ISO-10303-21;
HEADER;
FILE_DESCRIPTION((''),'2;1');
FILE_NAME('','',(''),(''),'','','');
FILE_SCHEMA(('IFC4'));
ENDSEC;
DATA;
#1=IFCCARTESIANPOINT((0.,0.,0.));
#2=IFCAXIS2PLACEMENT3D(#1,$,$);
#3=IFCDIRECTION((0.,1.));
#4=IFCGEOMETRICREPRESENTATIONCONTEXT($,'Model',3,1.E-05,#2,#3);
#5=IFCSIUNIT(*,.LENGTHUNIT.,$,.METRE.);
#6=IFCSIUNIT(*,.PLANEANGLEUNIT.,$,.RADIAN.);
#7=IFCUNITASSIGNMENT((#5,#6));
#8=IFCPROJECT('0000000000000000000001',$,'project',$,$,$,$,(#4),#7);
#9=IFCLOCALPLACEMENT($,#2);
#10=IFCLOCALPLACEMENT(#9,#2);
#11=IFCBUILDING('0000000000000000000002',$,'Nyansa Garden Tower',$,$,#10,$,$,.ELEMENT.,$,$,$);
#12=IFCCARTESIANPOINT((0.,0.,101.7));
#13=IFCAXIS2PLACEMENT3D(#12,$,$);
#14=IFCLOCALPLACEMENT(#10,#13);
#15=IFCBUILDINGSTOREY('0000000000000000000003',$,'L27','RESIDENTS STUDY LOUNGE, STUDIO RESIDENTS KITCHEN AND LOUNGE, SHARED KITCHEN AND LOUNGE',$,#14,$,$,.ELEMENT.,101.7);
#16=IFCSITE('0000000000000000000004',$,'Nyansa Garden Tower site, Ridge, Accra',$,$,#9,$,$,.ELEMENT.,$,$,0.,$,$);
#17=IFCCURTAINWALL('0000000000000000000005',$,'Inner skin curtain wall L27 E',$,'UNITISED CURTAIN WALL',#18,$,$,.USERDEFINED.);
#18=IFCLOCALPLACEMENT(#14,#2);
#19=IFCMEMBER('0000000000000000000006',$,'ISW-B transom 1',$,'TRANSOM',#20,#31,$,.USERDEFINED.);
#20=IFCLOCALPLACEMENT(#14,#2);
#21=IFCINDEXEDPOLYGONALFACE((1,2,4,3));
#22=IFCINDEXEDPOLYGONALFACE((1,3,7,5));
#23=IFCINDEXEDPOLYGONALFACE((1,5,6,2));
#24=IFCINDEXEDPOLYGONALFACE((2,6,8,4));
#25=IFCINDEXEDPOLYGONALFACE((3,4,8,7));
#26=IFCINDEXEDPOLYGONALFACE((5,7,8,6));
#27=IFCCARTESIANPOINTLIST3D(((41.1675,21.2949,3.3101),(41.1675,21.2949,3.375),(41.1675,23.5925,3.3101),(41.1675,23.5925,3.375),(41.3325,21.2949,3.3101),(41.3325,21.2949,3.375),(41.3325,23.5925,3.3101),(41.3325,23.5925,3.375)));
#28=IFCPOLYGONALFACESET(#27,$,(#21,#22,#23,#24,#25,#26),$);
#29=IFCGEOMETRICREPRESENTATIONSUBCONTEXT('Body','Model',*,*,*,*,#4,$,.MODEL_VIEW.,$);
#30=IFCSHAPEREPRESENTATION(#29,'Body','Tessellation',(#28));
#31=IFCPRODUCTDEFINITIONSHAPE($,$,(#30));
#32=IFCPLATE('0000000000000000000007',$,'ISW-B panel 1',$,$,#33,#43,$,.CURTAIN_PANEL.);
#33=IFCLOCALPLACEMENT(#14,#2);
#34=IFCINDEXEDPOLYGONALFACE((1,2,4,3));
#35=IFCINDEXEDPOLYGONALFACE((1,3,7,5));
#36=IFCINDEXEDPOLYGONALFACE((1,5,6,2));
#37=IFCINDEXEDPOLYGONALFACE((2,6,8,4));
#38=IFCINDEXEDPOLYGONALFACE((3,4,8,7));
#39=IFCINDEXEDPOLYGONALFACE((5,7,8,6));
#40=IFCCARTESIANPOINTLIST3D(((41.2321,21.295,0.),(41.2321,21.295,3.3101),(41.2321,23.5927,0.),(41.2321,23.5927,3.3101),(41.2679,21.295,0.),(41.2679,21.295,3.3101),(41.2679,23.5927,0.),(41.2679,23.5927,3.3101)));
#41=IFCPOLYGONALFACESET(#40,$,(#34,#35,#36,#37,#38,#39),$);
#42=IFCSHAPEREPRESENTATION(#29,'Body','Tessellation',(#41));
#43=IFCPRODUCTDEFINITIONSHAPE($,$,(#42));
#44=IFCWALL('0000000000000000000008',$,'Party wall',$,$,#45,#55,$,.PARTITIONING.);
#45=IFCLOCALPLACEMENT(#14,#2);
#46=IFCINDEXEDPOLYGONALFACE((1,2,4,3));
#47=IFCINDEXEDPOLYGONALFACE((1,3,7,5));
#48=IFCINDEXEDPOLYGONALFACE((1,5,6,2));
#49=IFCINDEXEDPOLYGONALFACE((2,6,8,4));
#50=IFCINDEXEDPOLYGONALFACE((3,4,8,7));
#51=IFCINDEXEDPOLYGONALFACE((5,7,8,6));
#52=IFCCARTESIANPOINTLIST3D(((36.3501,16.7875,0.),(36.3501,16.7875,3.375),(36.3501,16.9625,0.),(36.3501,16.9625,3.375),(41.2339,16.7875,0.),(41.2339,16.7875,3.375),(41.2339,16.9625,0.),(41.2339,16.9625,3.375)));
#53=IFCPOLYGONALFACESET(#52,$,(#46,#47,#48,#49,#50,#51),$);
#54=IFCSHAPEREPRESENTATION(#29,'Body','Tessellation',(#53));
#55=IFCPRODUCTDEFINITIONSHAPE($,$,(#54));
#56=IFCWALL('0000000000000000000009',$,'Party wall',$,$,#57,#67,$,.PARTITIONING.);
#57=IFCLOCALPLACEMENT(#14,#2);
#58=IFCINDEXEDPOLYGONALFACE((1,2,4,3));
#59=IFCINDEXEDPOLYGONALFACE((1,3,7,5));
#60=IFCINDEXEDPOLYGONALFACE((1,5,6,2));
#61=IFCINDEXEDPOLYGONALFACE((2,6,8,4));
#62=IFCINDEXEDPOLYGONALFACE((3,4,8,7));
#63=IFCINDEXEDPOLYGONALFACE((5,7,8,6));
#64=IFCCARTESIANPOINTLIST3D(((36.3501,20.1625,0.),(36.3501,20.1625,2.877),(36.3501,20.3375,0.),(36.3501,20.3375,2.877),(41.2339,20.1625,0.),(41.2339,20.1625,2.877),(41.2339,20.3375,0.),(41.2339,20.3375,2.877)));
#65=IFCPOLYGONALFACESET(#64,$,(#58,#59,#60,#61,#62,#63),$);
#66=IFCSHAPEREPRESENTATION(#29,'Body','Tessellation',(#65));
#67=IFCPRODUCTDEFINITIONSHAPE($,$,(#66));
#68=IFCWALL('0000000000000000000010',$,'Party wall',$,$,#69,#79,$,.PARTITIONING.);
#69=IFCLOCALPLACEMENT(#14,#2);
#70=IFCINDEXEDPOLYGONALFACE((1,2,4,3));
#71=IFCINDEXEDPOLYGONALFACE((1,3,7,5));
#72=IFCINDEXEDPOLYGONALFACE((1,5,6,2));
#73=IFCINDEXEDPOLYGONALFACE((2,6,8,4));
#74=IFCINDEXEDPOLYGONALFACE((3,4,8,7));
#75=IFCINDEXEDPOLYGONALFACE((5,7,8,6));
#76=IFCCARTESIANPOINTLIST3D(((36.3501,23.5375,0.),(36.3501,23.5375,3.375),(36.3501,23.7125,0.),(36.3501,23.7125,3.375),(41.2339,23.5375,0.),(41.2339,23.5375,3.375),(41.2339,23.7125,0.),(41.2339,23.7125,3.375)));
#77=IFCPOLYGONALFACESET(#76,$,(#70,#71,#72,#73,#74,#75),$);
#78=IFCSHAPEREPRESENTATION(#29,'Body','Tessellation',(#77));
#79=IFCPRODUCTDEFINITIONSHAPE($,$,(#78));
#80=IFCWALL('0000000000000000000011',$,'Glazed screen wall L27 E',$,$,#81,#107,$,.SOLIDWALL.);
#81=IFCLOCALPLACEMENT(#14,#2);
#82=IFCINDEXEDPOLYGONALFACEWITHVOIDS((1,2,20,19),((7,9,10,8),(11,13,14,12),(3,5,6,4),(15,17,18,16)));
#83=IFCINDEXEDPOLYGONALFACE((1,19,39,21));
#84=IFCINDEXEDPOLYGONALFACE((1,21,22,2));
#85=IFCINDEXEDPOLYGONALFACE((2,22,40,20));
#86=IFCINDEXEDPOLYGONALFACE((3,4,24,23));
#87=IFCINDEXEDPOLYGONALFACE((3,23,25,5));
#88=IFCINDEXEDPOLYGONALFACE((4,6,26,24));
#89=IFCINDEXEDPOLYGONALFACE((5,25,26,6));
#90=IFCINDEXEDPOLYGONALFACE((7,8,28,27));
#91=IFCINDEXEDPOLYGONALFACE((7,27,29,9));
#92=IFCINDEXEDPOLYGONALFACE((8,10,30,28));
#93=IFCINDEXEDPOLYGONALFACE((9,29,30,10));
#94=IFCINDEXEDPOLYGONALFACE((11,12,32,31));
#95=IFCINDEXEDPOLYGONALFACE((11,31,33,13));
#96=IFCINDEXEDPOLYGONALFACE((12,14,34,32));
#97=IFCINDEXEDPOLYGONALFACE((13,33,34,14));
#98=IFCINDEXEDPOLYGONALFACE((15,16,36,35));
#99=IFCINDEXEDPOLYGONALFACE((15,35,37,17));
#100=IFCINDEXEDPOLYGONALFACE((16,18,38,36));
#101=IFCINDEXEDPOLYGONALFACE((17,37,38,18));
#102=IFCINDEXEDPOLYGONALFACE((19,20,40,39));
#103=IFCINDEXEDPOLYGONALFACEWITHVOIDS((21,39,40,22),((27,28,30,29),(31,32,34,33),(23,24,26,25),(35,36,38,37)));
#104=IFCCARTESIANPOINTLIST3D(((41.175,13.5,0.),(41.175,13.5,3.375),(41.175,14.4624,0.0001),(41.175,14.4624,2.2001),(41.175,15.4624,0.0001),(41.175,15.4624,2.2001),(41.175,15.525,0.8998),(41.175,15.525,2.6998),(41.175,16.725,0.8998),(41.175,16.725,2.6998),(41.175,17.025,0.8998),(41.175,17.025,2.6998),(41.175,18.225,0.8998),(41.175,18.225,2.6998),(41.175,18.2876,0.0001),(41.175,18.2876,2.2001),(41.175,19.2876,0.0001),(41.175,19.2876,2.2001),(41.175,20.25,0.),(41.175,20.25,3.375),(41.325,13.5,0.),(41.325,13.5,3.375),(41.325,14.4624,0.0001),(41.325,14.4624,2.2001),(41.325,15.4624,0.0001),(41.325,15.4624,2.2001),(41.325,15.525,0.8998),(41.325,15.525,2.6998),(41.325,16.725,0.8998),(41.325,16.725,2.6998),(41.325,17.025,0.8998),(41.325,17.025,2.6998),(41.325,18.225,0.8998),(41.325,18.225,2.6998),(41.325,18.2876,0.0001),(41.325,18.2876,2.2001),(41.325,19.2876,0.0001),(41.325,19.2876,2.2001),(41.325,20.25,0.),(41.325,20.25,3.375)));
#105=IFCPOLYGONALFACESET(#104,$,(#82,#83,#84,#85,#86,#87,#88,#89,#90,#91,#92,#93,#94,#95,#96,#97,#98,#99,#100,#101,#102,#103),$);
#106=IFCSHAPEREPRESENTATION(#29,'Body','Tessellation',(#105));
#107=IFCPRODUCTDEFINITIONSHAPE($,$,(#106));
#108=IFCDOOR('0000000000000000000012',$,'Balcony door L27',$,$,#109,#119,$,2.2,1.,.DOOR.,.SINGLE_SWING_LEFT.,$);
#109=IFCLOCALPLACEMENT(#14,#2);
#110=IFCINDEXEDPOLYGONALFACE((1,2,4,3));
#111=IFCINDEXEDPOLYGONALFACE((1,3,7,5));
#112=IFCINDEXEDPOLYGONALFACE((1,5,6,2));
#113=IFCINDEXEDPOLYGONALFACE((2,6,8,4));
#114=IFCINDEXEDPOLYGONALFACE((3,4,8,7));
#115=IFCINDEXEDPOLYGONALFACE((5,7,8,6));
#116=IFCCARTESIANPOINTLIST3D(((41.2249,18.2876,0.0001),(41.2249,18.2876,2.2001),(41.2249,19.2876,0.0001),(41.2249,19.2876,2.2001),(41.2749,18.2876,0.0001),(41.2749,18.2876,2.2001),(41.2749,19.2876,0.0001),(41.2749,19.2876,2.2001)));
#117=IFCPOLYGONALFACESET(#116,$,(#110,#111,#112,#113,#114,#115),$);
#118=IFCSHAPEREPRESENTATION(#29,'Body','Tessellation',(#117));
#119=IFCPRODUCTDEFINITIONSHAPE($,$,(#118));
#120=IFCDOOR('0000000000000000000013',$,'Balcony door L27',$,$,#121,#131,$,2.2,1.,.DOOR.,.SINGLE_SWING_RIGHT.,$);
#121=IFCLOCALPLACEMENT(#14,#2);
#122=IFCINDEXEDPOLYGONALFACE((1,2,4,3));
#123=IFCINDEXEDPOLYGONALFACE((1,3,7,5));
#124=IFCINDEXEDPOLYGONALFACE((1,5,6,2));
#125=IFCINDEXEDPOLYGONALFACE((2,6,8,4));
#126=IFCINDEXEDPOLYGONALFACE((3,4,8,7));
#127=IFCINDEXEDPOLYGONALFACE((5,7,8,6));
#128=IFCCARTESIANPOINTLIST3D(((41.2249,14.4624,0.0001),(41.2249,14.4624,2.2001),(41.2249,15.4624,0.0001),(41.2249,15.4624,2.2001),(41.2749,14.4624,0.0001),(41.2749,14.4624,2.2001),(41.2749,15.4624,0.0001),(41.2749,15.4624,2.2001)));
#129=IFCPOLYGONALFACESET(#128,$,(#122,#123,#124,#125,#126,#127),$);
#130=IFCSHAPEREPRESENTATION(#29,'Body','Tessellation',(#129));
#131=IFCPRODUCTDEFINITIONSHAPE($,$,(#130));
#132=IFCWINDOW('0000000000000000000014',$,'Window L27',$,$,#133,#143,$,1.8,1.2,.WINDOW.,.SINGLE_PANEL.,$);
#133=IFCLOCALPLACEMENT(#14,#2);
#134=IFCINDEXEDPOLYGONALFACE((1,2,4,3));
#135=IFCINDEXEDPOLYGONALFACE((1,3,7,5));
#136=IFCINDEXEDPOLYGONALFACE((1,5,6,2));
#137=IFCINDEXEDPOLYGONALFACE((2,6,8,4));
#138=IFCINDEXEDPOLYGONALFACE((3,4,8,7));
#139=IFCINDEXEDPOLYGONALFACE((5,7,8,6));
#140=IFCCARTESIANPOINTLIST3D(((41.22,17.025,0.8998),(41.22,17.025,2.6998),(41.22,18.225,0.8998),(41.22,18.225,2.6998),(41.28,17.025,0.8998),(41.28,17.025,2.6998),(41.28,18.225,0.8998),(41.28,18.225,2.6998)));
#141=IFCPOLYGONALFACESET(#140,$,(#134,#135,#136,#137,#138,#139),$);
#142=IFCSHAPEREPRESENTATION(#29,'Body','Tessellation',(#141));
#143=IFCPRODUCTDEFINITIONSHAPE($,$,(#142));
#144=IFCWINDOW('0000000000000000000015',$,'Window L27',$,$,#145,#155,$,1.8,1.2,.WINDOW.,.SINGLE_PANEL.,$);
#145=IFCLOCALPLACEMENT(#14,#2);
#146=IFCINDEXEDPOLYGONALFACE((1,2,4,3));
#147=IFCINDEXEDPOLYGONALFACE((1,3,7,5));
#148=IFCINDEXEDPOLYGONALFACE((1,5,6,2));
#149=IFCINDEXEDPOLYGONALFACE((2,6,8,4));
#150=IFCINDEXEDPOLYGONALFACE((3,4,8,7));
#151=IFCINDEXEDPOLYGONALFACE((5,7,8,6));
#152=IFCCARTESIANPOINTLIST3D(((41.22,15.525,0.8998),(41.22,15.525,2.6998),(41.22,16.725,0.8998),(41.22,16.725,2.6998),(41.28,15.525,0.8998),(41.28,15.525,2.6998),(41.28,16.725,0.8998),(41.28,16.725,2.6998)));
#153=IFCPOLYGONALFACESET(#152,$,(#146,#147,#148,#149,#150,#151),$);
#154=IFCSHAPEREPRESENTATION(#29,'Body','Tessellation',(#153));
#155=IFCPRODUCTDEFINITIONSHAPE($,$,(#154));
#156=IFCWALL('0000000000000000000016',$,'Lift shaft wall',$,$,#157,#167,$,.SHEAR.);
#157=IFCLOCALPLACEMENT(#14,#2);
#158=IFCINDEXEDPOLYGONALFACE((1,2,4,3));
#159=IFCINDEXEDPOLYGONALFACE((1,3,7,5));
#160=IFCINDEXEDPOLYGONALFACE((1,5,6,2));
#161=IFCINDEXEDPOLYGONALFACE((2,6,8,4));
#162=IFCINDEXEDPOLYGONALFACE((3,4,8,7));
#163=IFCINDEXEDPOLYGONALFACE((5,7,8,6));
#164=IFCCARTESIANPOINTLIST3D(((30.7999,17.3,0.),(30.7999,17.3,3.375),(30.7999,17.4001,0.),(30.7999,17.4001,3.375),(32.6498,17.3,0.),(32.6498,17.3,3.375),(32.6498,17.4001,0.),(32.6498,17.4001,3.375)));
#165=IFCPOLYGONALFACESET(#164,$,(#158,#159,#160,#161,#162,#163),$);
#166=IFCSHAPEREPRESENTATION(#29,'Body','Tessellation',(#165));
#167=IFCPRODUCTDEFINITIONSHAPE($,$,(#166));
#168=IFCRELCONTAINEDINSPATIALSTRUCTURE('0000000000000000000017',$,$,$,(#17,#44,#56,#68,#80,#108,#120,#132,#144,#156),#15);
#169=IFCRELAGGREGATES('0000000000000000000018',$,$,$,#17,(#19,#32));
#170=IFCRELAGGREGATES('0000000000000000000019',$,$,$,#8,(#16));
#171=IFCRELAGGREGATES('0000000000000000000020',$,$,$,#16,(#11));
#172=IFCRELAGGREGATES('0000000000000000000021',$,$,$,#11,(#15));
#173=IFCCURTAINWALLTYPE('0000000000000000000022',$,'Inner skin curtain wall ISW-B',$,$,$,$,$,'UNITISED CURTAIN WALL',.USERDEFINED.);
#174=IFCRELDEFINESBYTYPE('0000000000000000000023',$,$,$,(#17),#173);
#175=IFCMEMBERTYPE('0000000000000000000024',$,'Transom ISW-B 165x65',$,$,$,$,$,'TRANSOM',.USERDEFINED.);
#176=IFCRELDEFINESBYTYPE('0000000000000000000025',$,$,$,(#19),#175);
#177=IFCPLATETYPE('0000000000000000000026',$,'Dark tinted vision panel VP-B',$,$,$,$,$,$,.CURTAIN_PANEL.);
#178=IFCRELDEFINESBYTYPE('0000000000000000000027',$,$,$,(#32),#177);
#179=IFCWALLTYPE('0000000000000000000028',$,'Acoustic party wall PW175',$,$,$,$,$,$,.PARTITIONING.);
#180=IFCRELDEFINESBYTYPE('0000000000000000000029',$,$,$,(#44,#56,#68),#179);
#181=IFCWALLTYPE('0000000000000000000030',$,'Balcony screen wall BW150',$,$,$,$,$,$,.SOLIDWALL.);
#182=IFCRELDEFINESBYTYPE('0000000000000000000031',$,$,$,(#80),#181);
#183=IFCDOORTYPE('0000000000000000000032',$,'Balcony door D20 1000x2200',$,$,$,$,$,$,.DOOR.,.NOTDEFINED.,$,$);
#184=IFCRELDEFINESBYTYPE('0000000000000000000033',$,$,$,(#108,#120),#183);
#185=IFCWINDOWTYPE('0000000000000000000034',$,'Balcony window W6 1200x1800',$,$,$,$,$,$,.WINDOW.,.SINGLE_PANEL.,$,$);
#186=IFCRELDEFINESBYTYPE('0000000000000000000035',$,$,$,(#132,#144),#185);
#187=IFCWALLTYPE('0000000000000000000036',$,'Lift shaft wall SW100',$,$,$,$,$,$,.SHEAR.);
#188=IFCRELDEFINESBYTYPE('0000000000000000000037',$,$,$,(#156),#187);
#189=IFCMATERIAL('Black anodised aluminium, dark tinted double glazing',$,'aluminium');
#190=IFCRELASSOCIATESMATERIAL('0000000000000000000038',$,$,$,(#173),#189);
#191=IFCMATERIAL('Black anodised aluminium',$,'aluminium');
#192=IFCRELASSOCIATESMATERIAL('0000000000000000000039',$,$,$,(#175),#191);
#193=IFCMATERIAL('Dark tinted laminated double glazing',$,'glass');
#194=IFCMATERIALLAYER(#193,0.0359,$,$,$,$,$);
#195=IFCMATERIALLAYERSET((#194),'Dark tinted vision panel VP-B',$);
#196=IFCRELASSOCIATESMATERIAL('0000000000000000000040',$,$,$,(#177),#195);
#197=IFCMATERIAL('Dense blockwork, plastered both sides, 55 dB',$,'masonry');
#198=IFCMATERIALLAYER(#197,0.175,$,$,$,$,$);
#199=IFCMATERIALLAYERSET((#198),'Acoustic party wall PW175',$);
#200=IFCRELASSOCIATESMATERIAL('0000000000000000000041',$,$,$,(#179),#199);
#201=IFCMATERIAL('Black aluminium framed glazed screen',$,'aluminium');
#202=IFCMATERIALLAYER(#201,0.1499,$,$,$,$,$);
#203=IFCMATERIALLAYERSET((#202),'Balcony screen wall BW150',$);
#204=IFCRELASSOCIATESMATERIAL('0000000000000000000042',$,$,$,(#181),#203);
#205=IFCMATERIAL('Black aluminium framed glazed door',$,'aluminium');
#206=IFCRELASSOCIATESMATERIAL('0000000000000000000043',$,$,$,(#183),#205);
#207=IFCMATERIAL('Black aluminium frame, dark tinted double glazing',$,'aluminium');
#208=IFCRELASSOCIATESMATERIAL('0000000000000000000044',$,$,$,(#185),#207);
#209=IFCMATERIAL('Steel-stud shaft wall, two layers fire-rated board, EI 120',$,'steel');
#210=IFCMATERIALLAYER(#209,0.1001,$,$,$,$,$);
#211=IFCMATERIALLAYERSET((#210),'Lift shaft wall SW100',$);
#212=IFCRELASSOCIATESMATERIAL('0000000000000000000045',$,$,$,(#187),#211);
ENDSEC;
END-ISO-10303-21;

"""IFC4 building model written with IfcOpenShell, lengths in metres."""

from ifc_helpers import new_model, si_unit, direction, frame, frame_2d, origin, origin_2d, place, context, subcontext, project, spatial, rectangle, extrude, material, layer, layer_set, material_profile, profile_set, type_object, element, fill, aggregate, save


model = new_model("IFC4")

# Units and contexts
model_context = context("Model", 3, precision=1e-05, world=origin(), true_north=direction((0.0, 1.0)))
body_context = subcontext(model_context, "Body", "Model", "MODEL_VIEW")
ifc_project = project(units=[si_unit("LENGTHUNIT", "METRE"), si_unit("PLANEANGLEUNIT", "RADIAN")], contexts=[model_context])

# Site, building, storey
site_placement = place(None, origin())
site = spatial("IfcSite", under=ifc_project, at=site_placement, Name="Nyansa Garden Tower site, Ridge, Accra", CompositionType="ELEMENT", RefElevation=0.0)
building_placement = place(site_placement, origin())
building = spatial("IfcBuilding", under=site, at=building_placement, Name="Nyansa Garden Tower", CompositionType="ELEMENT")
storey_placement = place(building_placement, frame((0.0, 0.0, 101.7)))
storey = spatial("IfcBuildingStorey", under=building, at=storey_placement, Name="L27", Description="RESIDENTS STUDY LOUNGE, STUDIO RESIDENTS KITCHEN AND LOUNGE, SHARED KITCHEN AND LOUNGE", CompositionType="ELEMENT", Elevation=101.7)

# Curtain wall
ifc_material_1 = material(Name="Black anodised aluminium, dark tinted double glazing", Category="aluminium")
curtain_wall_type = type_object("IfcCurtainWallType", Name="Inner skin curtain wall ISW-B", ElementType="UNITISED CURTAIN WALL", PredefinedType="USERDEFINED", material=ifc_material_1)
curtain_wall_placement = place(storey_placement, origin())
curtain_wall = element("IfcCurtainWall", 1, at=curtain_wall_placement, inside=storey, type_object=curtain_wall_type, Name="Inner skin curtain wall L27 E", ObjectType="UNITISED CURTAIN WALL", PredefinedType="USERDEFINED")

# Member
ifc_material_2 = material(Name="Black anodised aluminium", Category="aluminium")
ifc_material_profile_1 = material_profile(ifc_material_2, rectangle(XDim=0.165, YDim=0.0649, at=origin_2d()), Name="Transom 165x65")
ifc_profile_set_1 = profile_set([ifc_material_profile_1], Name="Black anodised aluminium")
member_type_1 = type_object("IfcMemberType", Name="Transom ISW-B 165x65", ElementType="TRANSOM", PredefinedType="USERDEFINED", material=ifc_profile_set_1)
member_1_placement = place(storey_placement, frame((41.25, 21.2949, 3.3425), z_axis=(0.0, 1.0, 0.0), x_axis=(-1.0, 0.0, 0.0)))
member_1 = element("IfcMember", 2, at=member_1_placement, type_object=member_type_1, Name="ISW-B transom 1", ObjectType="TRANSOM", PredefinedType="USERDEFINED", context=body_context, shape_type="SweptSolid", body=[
    extrude(rectangle(XDim=0.165, YDim=0.0649, at=origin_2d()), origin(), (0.0, 0.0, 1.0), 2.2976),
])

# Plate
ifc_material_3 = material(Name="Dark tinted laminated double glazing", Category="glass")
ifc_layer_1 = layer(ifc_material_3, 0.0359)
ifc_layer_set_1 = layer_set([ifc_layer_1], Name="Dark tinted vision panel VP-B")
plate_type = type_object("IfcPlateType", Name="Dark tinted vision panel VP-B", PredefinedType="CURTAIN_PANEL", material=ifc_layer_set_1)
plate_placement = place(storey_placement, frame((41.25, 22.4438, 0.0), z_axis=(0.0, 0.0, 1.0), x_axis=(0.0, 1.0, 0.0)))
plate = element("IfcPlate", 3, at=plate_placement, type_object=plate_type, Name="ISW-B panel 1", PredefinedType="CURTAIN_PANEL", context=body_context, shape_type="SweptSolid", body=[
    extrude(rectangle(XDim=2.2976, YDim=0.0359, at=origin_2d()), origin(), (0.0, 0.0, 1.0), 3.3101),
])
aggregate(curtain_wall, [member_1, plate])

# Walls
ifc_material_4 = material(Name="Dense blockwork, plastered both sides, 55 dB", Category="masonry")
ifc_layer_2 = layer(ifc_material_4, 0.175)
ifc_layer_set_2 = layer_set([ifc_layer_2], Name="Acoustic party wall PW175")
wall_type_1 = type_object("IfcWallType", Name="Acoustic party wall PW175", PredefinedType="PARTITIONING", material=ifc_layer_set_2)
wall_1_placement = place(storey_placement, frame((36.3501, 16.875, 0.0), z_axis=(0.0, 0.0, 1.0), x_axis=(1.0, 0.0, 0.0)))
element("IfcWall", 4, at=wall_1_placement, inside=storey, type_object=wall_type_1, Name="Party wall", PredefinedType="PARTITIONING", context=body_context, shape_type="SweptSolid", body=[
    extrude(rectangle(XDim=4.8838, YDim=0.175, at=frame_2d((2.4419, 0.0))), origin(), (0.0, 0.0, 1.0), 3.375),
])
wall_2_placement = place(storey_placement, frame((36.3501, 20.25, 0.0), z_axis=(0.0, 0.0, 1.0), x_axis=(1.0, 0.0, 0.0)))
element("IfcWall", 5, at=wall_2_placement, inside=storey, type_object=wall_type_1, Name="Party wall", PredefinedType="PARTITIONING", context=body_context, shape_type="SweptSolid", body=[
    extrude(rectangle(XDim=4.8838, YDim=0.175, at=frame_2d((2.4419, 0.0))), origin(), (0.0, 0.0, 1.0), 2.877),
])
wall_3_placement = place(storey_placement, frame((36.3501, 23.625, 0.0), z_axis=(0.0, 0.0, 1.0), x_axis=(1.0, 0.0, 0.0)))
element("IfcWall", 6, at=wall_3_placement, inside=storey, type_object=wall_type_1, Name="Party wall", PredefinedType="PARTITIONING", context=body_context, shape_type="SweptSolid", body=[
    extrude(rectangle(XDim=4.8838, YDim=0.175, at=frame_2d((2.4419, 0.0))), origin(), (0.0, 0.0, 1.0), 3.375),
])

# Wall, openings, doors, windows
ifc_material_5 = material(Name="Black aluminium framed glazed screen", Category="aluminium")
ifc_layer_3 = layer(ifc_material_5, 0.1499)
ifc_layer_set_3 = layer_set([ifc_layer_3], Name="Balcony screen wall BW150")
wall_type_2 = type_object("IfcWallType", Name="Balcony screen wall BW150", PredefinedType="SOLIDWALL", material=ifc_layer_set_3)
wall_4_placement = place(storey_placement, frame((41.25, 20.25, 0.0), z_axis=(0.0, 0.0, 1.0), x_axis=(0.0, -1.0, 0.0)))
wall_4 = element("IfcWall", 7, at=wall_4_placement, inside=storey, type_object=wall_type_2, Name="Glazed screen wall L27 E", PredefinedType="SOLIDWALL", context=body_context, shape_type="SweptSolid", body=[
    extrude(rectangle(XDim=6.75, YDim=0.1499, at=frame_2d((3.375, 0.0))), origin(), (0.0, 0.0, 1.0), 3.375),
])
opening_1_placement = place(wall_4_placement, frame((0.9624, 0.0, 0.0)))
opening_1 = element("IfcOpeningElement", 8, at=opening_1_placement, cuts=wall_4, PredefinedType="OPENING", context=body_context, shape_type="SweptSolid", body=[
    extrude(rectangle(XDim=1.0, YDim=2.2, at=frame_2d((0.5, 1.1001))), frame((0.0, 0.085, 0.0), z_axis=(0.0, -1.0, 0.0), x_axis=(1.0, 0.0, 0.0)), (0.0, 0.0, 1.0), 0.1699),
])
opening_2_placement = place(wall_4_placement, frame((2.0249, 0.0, 0.8999)))
opening_2 = element("IfcOpeningElement", 9, at=opening_2_placement, cuts=wall_4, PredefinedType="OPENING", context=body_context, shape_type="SweptSolid", body=[
    extrude(rectangle(XDim=1.2, YDim=1.8, at=frame_2d((0.6001, 0.8999))), frame((0.0, 0.085, 0.0), z_axis=(0.0, -1.0, 0.0), x_axis=(1.0, 0.0, 0.0)), (0.0, 0.0, 1.0), 0.1699),
])
opening_3_placement = place(wall_4_placement, frame((4.7876, 0.0, 0.0)))
opening_3 = element("IfcOpeningElement", 10, at=opening_3_placement, cuts=wall_4, PredefinedType="OPENING", context=body_context, shape_type="SweptSolid", body=[
    extrude(rectangle(XDim=1.0, YDim=2.2, at=frame_2d((0.5, 1.1001))), frame((0.0, 0.085, 0.0), z_axis=(0.0, -1.0, 0.0), x_axis=(1.0, 0.0, 0.0)), (0.0, 0.0, 1.0), 0.1699),
])
opening_4_placement = place(wall_4_placement, frame((3.5249, 0.0, 0.8999)))
opening_4 = element("IfcOpeningElement", 11, at=opening_4_placement, cuts=wall_4, PredefinedType="OPENING", context=body_context, shape_type="SweptSolid", body=[
    extrude(rectangle(XDim=1.2, YDim=1.8, at=frame_2d((0.6001, 0.8999))), frame((0.0, 0.085, 0.0), z_axis=(0.0, -1.0, 0.0), x_axis=(1.0, 0.0, 0.0)), (0.0, 0.0, 1.0), 0.1699),
])
ifc_material_6 = material(Name="Black aluminium framed glazed door", Category="aluminium")
door_type_1 = type_object("IfcDoorType", Name="Balcony door D20 1000x2200", OperationType="NOTDEFINED", PredefinedType="DOOR", material=ifc_material_6)
door_1_placement = place(opening_1_placement, origin())
door_1 = element("IfcDoor", 12, at=door_1_placement, inside=storey, type_object=door_type_1, Name="Balcony door L27", OperationType="SINGLE_SWING_LEFT", OverallHeight=2.2, OverallWidth=1.0, PredefinedType="DOOR", context=body_context, shape_type="SweptSolid", body=[
    extrude(rectangle(XDim=1.0, YDim=2.2, at=frame_2d((0.5, 1.1001))), frame((0.0, 0.0249, 0.0), z_axis=(0.0, -1.0, 0.0), x_axis=(1.0, 0.0, 0.0)), (0.0, 0.0, 1.0), 0.05),
])
fill(opening_1, door_1)
door_2_placement = place(opening_3_placement, origin())
door_2 = element("IfcDoor", 13, at=door_2_placement, inside=storey, type_object=door_type_1, Name="Balcony door L27", OperationType="SINGLE_SWING_RIGHT", OverallHeight=2.2, OverallWidth=1.0, PredefinedType="DOOR", context=body_context, shape_type="SweptSolid", body=[
    extrude(rectangle(XDim=1.0, YDim=2.2, at=frame_2d((0.5, 1.1001))), frame((0.0, 0.0249, 0.0), z_axis=(0.0, -1.0, 0.0), x_axis=(1.0, 0.0, 0.0)), (0.0, 0.0, 1.0), 0.05),
])
fill(opening_3, door_2)
ifc_material_7 = material(Name="Black aluminium frame, dark tinted double glazing", Category="aluminium")
window_type = type_object("IfcWindowType", Name="Balcony window W6 1200x1800", PartitioningType="SINGLE_PANEL", PredefinedType="WINDOW", material=ifc_material_7)
window_1_placement = place(opening_2_placement, origin())
window_1 = element("IfcWindow", 14, at=window_1_placement, inside=storey, type_object=window_type, Name="Window L27", OverallHeight=1.8, OverallWidth=1.2, PartitioningType="SINGLE_PANEL", PredefinedType="WINDOW", context=body_context, shape_type="SweptSolid", body=[
    extrude(rectangle(XDim=1.2, YDim=1.8, at=frame_2d((0.6001, 0.8999))), frame((0.0, 0.03, 0.0), z_axis=(0.0, -1.0, 0.0), x_axis=(1.0, 0.0, 0.0)), (0.0, 0.0, 1.0), 0.0601),
])
fill(opening_2, window_1)
window_2_placement = place(opening_4_placement, origin())
window_2 = element("IfcWindow", 15, at=window_2_placement, inside=storey, type_object=window_type, Name="Window L27", OverallHeight=1.8, OverallWidth=1.2, PartitioningType="SINGLE_PANEL", PredefinedType="WINDOW", context=body_context, shape_type="SweptSolid", body=[
    extrude(rectangle(XDim=1.2, YDim=1.8, at=frame_2d((0.6001, 0.8999))), frame((0.0, 0.03, 0.0), z_axis=(0.0, -1.0, 0.0), x_axis=(1.0, 0.0, 0.0)), (0.0, 0.0, 1.0), 0.0601),
])
fill(opening_4, window_2)

# Wall
ifc_material_8 = material(Name="Steel-stud shaft wall, two layers fire-rated board, EI 120", Category="steel")
ifc_layer_4 = layer(ifc_material_8, 0.1001)
ifc_layer_set_4 = layer_set([ifc_layer_4], Name="Lift shaft wall SW100")
wall_type_3 = type_object("IfcWallType", Name="Lift shaft wall SW100", PredefinedType="SHEAR", material=ifc_layer_set_4)
for number, where, z_axis, x_axis, name in (
    (16, (30.8, 17.3501, 0.0), (0.0, 0.0, 1.0), (1.0, 0.0, 0.0), "Lift shaft wall"),
):
    element("IfcWall", number, at=place(storey_placement, frame(where, z_axis=z_axis, x_axis=x_axis)), inside=storey, type_object=wall_type_3, Name=name, PredefinedType="SHEAR", context=body_context, shape_type="SweptSolid", body=[
        extrude(rectangle(XDim=1.8499, YDim=0.1001, at=frame_2d((0.9248, 0.0))), origin(), (0.0, 0.0, 1.0), 3.375),
    ])

save(model, "model.ifc")
